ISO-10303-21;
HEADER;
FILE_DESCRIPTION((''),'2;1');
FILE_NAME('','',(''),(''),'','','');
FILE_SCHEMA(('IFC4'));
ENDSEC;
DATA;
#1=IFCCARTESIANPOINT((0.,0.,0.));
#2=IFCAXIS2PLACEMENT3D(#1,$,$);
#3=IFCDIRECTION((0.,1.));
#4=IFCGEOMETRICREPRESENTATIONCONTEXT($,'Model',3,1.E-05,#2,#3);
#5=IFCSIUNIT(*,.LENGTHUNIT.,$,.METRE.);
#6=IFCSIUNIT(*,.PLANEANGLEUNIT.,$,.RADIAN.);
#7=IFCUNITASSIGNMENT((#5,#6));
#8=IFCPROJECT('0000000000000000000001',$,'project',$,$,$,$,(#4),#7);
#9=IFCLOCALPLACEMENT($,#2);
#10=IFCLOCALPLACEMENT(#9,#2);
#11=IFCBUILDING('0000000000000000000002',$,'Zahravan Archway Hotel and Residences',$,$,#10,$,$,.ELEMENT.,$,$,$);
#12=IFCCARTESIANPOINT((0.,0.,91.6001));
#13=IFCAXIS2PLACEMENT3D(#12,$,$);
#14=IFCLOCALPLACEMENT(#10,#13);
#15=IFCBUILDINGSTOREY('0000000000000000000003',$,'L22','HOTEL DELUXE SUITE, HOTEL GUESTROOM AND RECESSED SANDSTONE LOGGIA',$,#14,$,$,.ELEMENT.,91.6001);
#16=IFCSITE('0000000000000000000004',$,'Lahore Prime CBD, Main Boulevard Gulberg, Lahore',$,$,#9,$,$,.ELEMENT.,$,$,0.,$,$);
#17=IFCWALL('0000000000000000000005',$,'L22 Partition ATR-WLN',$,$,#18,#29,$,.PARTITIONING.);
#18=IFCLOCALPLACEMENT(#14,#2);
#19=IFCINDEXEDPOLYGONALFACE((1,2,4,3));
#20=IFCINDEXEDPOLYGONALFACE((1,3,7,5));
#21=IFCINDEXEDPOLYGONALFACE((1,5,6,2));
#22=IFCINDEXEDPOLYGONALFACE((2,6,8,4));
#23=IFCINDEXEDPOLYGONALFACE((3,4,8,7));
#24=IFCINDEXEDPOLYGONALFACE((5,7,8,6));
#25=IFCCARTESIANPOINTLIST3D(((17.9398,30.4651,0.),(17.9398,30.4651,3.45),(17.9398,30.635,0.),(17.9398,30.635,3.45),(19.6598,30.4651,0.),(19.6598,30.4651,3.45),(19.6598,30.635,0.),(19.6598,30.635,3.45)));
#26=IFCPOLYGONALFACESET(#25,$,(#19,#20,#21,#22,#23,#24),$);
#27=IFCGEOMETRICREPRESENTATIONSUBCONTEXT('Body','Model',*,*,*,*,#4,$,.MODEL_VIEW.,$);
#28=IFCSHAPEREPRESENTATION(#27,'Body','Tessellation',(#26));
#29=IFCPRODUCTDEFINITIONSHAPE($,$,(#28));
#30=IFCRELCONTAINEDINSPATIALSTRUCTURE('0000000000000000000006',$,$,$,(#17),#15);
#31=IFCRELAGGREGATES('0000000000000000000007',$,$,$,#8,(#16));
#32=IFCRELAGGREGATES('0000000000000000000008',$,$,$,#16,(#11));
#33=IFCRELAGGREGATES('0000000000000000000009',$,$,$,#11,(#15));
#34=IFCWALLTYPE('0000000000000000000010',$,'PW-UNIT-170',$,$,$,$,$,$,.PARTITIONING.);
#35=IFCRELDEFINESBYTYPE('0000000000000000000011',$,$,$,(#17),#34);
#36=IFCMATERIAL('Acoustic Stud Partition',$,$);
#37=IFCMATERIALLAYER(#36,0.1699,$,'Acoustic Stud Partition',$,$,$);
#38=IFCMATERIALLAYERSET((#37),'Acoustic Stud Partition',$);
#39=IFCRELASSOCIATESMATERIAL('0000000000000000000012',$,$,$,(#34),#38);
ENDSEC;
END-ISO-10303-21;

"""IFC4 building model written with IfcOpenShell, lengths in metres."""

from ifc_helpers import new_model, si_unit, direction, frame, frame_2d, origin, place, context, subcontext, project, spatial, rectangle, extrude, material, layer, layer_set, type_object, element, save


model = new_model("IFC4")

# Units and contexts
model_context = context("Model", 3, precision=1e-05, world=origin(), true_north=direction((0.0, 1.0)))
body_context = subcontext(model_context, "Body", "Model", "MODEL_VIEW")
ifc_project = project(units=[si_unit("LENGTHUNIT", "METRE"), si_unit("PLANEANGLEUNIT", "RADIAN")], contexts=[model_context])

# Site, building, storey
site_placement = place(None, origin())
site = spatial("IfcSite", under=ifc_project, at=site_placement, Name="Lahore Prime CBD, Main Boulevard Gulberg, Lahore", CompositionType="ELEMENT", RefElevation=0.0)
building_placement = place(site_placement, origin())
building = spatial("IfcBuilding", under=site, at=building_placement, Name="Zahravan Archway Hotel and Residences", CompositionType="ELEMENT")
storey_placement = place(building_placement, frame((0.0, 0.0, 91.6001)))
storey = spatial("IfcBuildingStorey", under=building, at=storey_placement, Name="L22", Description="HOTEL DELUXE SUITE, HOTEL GUESTROOM AND RECESSED SANDSTONE LOGGIA", CompositionType="ELEMENT", Elevation=91.6001)

# Wall
ifc_material_1 = material(Name="Acoustic Stud Partition")
ifc_layer_1 = layer(ifc_material_1, 0.1699, Name="Acoustic Stud Partition")
ifc_layer_set_1 = layer_set([ifc_layer_1], Name="Acoustic Stud Partition")
wall_type_1 = type_object("IfcWallType", Name="PW-UNIT-170", PredefinedType="PARTITIONING", material=ifc_layer_set_1)
wall_1_placement = place(storey_placement, frame((17.9399, 30.55, 0.0), z_axis=(0.0, 0.0, 1.0), x_axis=(1.0, 0.0, 0.0)))
element("IfcWall", 1, at=wall_1_placement, inside=storey, type_object=wall_type_1, Name="L22 Partition ATR-WLN", PredefinedType="PARTITIONING", context=body_context, shape_type="SweptSolid", body=[
    extrude(rectangle(XDim=1.72, YDim=0.1699, at=frame_2d((0.8599, 0.0))), origin(), (0.0, 0.0, 1.0), 3.45),
])

save(model, "model.ifc")
